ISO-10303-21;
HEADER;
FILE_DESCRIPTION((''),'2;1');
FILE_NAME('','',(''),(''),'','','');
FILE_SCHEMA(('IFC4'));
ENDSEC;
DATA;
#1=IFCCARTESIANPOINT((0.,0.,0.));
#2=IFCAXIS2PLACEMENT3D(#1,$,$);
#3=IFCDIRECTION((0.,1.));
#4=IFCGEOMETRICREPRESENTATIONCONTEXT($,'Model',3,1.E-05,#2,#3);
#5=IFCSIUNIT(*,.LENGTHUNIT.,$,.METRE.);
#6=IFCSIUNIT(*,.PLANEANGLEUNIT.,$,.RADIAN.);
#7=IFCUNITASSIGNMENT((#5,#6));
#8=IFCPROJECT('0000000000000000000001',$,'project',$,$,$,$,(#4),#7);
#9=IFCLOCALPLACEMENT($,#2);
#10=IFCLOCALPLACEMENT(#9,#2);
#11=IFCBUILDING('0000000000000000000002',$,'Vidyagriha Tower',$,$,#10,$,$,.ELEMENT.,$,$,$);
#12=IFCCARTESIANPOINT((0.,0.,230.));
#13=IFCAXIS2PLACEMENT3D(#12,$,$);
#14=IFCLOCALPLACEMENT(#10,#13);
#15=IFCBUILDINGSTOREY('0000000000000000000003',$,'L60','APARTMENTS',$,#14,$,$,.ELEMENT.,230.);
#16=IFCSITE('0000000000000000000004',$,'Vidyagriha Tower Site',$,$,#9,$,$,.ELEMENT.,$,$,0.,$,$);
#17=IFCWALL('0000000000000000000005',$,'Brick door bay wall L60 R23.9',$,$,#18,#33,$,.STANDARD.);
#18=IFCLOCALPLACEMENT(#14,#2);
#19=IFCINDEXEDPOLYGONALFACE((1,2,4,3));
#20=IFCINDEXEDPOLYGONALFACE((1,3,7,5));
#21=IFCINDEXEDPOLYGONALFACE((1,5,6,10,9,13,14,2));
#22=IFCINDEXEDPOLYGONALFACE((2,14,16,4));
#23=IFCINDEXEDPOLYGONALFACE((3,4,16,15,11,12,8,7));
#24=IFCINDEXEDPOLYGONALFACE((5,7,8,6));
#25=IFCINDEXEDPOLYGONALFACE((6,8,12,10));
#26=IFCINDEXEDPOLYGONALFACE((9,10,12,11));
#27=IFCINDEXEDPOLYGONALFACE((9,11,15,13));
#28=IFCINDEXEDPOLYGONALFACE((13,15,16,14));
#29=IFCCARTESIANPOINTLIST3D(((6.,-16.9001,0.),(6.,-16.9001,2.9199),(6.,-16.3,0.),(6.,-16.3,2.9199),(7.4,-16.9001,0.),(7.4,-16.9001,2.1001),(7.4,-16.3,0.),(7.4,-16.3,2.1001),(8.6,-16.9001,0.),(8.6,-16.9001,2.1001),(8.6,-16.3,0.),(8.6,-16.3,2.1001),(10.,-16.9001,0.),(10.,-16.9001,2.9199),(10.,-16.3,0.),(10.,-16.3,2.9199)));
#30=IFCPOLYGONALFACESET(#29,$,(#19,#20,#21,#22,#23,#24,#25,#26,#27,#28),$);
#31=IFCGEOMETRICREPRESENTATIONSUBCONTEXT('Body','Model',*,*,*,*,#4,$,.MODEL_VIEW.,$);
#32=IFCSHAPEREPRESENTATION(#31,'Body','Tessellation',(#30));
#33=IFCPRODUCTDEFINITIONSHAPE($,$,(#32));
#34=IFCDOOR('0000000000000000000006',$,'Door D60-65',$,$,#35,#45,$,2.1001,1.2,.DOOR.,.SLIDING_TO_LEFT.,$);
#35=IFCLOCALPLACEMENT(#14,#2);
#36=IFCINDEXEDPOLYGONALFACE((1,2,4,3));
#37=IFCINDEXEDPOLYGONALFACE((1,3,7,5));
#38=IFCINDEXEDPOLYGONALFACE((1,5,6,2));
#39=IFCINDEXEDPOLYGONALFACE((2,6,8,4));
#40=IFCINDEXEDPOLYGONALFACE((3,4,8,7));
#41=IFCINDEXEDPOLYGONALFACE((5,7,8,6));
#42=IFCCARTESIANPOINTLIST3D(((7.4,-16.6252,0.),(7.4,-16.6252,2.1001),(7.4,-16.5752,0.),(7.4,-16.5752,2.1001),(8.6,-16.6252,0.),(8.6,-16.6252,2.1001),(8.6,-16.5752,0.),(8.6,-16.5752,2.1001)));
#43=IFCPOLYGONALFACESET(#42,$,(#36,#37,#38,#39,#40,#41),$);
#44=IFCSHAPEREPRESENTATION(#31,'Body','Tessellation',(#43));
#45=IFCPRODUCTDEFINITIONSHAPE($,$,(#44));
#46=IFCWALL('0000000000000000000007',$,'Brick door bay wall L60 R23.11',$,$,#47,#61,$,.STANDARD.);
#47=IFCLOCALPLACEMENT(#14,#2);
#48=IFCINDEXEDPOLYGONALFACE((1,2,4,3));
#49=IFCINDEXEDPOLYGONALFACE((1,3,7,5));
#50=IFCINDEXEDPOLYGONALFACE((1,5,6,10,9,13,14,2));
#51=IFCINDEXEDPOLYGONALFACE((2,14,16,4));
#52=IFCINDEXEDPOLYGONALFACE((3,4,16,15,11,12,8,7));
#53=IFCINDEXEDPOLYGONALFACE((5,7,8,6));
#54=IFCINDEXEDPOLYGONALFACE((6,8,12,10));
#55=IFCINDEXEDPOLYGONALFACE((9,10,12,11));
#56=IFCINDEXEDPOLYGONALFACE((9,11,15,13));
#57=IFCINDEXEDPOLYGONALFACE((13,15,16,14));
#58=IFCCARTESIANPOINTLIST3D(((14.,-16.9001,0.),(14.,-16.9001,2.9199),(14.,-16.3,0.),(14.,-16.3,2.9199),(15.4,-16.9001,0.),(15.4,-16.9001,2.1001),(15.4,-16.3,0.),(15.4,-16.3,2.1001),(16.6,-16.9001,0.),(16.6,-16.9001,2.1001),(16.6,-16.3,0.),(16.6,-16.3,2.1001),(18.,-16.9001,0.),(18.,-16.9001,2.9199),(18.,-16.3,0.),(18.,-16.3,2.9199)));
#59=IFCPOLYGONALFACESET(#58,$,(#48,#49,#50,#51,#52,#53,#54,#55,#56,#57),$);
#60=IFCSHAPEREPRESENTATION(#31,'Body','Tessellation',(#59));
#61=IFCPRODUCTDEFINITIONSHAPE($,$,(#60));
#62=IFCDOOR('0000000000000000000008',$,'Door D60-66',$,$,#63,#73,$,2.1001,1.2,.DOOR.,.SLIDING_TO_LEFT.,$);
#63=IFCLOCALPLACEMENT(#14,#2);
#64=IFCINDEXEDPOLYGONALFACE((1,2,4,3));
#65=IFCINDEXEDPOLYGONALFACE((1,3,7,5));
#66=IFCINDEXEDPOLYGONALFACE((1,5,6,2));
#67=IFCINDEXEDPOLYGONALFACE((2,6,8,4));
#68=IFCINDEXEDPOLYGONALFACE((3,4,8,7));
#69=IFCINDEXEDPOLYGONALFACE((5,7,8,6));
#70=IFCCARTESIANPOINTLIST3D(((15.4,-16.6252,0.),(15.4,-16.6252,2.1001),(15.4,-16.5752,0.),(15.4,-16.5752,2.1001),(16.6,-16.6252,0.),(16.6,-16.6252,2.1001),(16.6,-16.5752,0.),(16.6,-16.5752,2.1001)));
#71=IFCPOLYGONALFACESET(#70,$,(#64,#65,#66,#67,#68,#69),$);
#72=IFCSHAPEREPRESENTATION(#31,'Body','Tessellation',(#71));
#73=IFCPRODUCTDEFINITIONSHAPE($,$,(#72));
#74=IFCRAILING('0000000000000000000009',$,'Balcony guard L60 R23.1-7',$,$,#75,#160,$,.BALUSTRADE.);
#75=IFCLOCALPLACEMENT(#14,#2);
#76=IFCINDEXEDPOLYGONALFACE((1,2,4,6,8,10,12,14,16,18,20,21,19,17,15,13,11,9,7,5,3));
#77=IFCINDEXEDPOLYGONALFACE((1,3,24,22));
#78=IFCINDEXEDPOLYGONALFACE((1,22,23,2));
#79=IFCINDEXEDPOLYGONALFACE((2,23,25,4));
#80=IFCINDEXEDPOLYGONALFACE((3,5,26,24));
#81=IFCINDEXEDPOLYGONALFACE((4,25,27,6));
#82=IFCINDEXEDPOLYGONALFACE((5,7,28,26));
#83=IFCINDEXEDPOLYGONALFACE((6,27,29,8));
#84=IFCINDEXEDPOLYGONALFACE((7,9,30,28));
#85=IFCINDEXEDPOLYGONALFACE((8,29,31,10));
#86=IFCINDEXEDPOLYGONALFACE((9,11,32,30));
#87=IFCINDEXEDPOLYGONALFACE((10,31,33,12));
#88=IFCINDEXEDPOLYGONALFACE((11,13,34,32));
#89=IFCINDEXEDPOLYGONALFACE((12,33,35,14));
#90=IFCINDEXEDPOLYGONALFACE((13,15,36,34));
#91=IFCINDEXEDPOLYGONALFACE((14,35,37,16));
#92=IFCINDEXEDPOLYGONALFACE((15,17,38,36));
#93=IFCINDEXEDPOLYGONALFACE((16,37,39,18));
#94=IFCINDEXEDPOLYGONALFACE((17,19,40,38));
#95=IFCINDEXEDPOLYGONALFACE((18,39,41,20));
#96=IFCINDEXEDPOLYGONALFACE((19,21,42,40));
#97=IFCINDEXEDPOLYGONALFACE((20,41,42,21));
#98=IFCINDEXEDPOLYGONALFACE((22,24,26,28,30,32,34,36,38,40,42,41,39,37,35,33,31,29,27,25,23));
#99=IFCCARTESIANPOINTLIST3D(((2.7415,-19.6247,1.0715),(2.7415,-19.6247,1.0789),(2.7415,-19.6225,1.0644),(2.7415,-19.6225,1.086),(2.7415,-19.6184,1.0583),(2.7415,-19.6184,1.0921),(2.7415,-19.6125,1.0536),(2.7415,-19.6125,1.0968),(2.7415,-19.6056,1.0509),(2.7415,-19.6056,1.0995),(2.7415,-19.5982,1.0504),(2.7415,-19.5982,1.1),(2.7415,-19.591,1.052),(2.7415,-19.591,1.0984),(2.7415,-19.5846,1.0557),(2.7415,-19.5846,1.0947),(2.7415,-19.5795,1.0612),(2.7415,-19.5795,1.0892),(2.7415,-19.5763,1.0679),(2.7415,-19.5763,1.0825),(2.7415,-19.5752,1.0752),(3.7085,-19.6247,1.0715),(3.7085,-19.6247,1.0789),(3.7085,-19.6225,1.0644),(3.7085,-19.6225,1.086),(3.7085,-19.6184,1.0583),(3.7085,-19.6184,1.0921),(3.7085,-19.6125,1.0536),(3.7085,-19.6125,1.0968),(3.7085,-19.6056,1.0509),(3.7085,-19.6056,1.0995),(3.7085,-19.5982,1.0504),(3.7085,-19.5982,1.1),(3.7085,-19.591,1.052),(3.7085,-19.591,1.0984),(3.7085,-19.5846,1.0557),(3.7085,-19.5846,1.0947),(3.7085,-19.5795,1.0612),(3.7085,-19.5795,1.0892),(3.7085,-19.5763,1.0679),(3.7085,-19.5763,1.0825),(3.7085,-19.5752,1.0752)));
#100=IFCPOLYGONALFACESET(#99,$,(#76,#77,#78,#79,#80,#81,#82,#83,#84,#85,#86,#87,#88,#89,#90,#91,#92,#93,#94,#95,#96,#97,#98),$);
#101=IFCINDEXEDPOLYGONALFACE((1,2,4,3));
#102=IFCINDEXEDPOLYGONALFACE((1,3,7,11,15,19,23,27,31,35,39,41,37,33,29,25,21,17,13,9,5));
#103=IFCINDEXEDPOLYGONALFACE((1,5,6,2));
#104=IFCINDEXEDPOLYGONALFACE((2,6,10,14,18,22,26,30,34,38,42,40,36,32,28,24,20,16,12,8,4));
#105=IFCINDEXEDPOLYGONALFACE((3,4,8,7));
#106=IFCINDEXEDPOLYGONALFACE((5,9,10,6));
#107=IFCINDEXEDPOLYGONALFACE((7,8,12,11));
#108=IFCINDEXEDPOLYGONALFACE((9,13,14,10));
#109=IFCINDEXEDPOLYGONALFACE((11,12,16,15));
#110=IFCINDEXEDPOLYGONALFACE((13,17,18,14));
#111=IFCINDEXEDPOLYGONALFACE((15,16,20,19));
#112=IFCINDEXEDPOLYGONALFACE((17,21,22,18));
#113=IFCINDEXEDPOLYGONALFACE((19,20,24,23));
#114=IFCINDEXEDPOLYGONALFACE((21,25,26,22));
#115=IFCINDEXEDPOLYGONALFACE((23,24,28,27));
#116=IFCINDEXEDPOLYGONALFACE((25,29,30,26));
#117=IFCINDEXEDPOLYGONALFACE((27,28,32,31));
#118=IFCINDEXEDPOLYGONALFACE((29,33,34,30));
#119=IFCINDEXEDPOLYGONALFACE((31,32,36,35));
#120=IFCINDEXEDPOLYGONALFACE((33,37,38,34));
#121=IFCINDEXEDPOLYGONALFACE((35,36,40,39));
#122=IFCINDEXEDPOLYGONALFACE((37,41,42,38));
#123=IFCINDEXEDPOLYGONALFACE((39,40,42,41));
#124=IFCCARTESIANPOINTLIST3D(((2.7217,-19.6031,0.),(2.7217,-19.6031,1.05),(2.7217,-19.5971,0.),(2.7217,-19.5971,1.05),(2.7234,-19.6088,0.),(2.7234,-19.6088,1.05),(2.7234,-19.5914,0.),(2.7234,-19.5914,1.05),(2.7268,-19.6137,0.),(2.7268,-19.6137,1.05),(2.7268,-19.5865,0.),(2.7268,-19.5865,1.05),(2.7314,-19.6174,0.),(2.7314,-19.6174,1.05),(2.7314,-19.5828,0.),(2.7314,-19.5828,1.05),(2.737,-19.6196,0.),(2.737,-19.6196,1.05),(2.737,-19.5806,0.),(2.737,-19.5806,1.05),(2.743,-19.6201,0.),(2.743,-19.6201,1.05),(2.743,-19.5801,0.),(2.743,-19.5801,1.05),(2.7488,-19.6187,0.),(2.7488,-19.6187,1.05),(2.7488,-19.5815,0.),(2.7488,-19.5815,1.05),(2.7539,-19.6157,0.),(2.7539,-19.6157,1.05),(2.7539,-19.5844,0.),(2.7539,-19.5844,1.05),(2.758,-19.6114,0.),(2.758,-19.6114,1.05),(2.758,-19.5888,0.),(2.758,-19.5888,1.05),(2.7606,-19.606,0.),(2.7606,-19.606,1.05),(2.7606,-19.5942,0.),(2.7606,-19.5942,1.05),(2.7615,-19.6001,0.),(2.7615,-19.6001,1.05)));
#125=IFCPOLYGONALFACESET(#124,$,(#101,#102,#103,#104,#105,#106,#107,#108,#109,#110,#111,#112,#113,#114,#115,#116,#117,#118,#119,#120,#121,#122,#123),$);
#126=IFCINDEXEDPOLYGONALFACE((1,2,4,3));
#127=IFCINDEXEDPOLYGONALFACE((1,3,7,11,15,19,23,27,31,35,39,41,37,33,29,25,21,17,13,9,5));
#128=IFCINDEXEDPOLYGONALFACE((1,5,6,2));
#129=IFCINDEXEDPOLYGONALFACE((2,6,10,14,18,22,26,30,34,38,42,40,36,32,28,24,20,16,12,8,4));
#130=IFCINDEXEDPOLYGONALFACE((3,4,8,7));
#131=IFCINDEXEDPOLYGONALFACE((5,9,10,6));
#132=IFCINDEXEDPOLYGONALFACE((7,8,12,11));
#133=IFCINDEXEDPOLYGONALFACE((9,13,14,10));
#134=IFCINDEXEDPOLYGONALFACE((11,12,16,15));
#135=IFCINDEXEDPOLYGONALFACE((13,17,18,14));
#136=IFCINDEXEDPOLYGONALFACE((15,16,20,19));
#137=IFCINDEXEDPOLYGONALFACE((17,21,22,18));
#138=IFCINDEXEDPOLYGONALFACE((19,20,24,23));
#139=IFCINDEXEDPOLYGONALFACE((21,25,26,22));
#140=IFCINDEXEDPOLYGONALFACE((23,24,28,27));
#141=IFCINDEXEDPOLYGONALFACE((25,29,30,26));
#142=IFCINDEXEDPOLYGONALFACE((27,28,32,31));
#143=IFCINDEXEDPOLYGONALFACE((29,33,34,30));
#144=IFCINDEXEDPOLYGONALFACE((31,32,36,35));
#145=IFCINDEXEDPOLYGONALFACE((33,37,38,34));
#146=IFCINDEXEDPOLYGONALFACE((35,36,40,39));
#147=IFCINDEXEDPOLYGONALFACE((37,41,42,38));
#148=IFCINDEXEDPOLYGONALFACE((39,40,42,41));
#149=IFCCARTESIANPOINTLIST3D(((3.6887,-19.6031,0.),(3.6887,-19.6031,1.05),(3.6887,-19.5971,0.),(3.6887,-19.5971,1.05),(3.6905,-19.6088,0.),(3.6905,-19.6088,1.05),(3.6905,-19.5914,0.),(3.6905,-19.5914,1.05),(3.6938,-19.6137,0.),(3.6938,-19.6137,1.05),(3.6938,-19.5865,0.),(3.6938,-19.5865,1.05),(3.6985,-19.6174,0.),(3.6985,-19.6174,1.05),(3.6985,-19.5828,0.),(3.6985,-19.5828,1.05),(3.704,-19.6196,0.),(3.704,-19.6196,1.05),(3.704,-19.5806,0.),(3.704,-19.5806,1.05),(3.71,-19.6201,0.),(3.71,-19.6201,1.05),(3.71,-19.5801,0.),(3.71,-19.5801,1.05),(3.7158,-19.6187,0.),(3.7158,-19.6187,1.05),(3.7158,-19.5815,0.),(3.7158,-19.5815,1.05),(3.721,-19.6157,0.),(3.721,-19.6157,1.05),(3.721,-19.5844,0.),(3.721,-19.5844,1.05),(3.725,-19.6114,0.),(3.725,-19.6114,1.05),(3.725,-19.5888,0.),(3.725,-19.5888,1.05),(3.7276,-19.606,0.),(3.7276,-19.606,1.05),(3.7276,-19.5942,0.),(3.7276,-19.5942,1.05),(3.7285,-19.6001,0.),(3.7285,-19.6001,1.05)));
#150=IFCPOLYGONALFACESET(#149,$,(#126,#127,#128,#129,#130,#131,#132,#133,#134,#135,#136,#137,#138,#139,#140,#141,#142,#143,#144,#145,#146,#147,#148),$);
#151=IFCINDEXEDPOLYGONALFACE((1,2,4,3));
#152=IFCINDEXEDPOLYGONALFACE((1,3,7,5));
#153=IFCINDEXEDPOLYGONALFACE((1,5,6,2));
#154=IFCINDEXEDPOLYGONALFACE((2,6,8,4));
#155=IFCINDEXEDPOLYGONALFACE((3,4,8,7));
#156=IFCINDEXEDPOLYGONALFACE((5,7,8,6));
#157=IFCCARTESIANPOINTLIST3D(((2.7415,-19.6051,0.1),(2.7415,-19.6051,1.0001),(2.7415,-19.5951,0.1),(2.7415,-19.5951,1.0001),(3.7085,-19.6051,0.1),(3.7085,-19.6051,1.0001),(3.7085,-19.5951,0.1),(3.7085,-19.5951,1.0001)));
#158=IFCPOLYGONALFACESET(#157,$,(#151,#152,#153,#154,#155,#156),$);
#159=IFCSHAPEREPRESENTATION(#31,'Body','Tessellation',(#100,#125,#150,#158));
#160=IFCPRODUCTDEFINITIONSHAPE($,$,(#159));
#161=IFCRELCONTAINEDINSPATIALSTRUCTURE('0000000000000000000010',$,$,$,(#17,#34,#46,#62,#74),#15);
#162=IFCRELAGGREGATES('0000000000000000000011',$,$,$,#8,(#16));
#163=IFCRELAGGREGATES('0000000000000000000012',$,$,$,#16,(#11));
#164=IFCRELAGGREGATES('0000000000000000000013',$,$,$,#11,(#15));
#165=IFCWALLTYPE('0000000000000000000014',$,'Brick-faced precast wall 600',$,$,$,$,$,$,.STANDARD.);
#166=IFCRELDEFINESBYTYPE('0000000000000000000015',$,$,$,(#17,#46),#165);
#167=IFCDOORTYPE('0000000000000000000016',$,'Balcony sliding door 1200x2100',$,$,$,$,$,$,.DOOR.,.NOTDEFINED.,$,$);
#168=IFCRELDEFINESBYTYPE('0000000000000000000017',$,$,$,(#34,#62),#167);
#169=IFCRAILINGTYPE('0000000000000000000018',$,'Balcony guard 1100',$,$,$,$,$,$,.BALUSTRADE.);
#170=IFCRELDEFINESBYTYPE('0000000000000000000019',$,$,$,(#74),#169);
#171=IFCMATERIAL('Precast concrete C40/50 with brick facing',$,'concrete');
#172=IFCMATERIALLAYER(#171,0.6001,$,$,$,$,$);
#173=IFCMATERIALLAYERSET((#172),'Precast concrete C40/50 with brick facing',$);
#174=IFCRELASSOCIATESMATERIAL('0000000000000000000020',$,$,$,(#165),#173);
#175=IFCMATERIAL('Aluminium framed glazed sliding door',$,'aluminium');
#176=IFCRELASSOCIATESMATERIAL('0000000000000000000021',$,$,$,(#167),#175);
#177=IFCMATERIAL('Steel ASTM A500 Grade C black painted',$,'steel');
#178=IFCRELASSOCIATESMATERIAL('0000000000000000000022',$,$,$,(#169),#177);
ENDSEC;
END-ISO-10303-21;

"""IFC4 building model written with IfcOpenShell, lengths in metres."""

from ifc_helpers import new_model, si_unit, direction, frame, frame_2d, origin, origin_2d, place, context, subcontext, project, spatial, rectangle, circle, extrude, material, layer, layer_set, type_object, element, fill, save


model = new_model("IFC4")

# Units and contexts
model_context = context("Model", 3, precision=1e-05, world=origin(), true_north=direction((0.0, 1.0)))
body_context = subcontext(model_context, "Body", "Model", "MODEL_VIEW")
ifc_project = project(units=[si_unit("LENGTHUNIT", "METRE"), si_unit("PLANEANGLEUNIT", "RADIAN")], contexts=[model_context])

# Site, building, storey
site_placement = place(None, origin())
site = spatial("IfcSite", under=ifc_project, at=site_placement, Name="Vidyagriha Tower Site", CompositionType="ELEMENT", RefElevation=0.0)
building_placement = place(site_placement, origin())
building = spatial("IfcBuilding", under=site, at=building_placement, Name="Vidyagriha Tower", CompositionType="ELEMENT")
storey_placement = place(building_placement, frame((0.0, 0.0, 230.0)))
storey = spatial("IfcBuildingStorey", under=building, at=storey_placement, Name="L60", Description="APARTMENTS", CompositionType="ELEMENT", Elevation=230.0)

# Walls, openings, doors
ifc_material_1 = material(Name="Precast concrete C40/50 with brick facing", Category="concrete")
ifc_layer_1 = layer(ifc_material_1, 0.6001)
ifc_layer_set_1 = layer_set([ifc_layer_1], Name="Precast concrete C40/50 with brick facing")
wall_type = type_object("IfcWallType", Name="Brick-faced precast wall 600", PredefinedType="STANDARD", material=ifc_layer_set_1)
wall_1_placement = place(storey_placement, frame((6.0, -16.6001, 0.0)))
wall_1 = element("IfcWall", 1, at=wall_1_placement, inside=storey, type_object=wall_type, Name="Brick door bay wall L60 R23.9", PredefinedType="STANDARD", context=body_context, shape_type="SweptSolid", body=[
    extrude(rectangle(XDim=4.0, YDim=0.6001, at=frame_2d((2.0, 0.0))), origin(), (0.0, 0.0, 1.0), 2.9199),
])
opening_1_placement = place(wall_1_placement, frame((1.3999, 0.0, 0.0)))
opening_1 = element("IfcOpeningElement", 2, at=opening_1_placement, cuts=wall_1, PredefinedType="OPENING", context=body_context, shape_type="SweptSolid", body=[
    extrude(rectangle(XDim=1.2, YDim=2.1001, at=frame_2d((0.6001, 1.05))), frame((0.0, 0.3101, 0.0), z_axis=(0.0, -1.0, 0.0), x_axis=(1.0, 0.0, 0.0)), (0.0, 0.0, 1.0), 0.6201),
])
ifc_material_2 = material(Name="Aluminium framed glazed sliding door", Category="aluminium")
door_type = type_object("IfcDoorType", Name="Balcony sliding door 1200x2100", OperationType="NOTDEFINED", PredefinedType="DOOR", material=ifc_material_2)
door_1_placement = place(opening_1_placement, origin())
door_1 = element("IfcDoor", 3, at=door_1_placement, inside=storey, type_object=door_type, Name="Door D60-65", OperationType="SLIDING_TO_LEFT", OverallHeight=2.1001, OverallWidth=1.2, PredefinedType="DOOR", context=body_context, shape_type="SweptSolid", body=[
    extrude(rectangle(XDim=1.2, YDim=2.1001, at=frame_2d((0.6001, 1.05))), frame((0.0, 0.0249, 0.0), z_axis=(0.0, -1.0, 0.0), x_axis=(1.0, 0.0, 0.0)), (0.0, 0.0, 1.0), 0.05),
])
fill(opening_1, door_1)
wall_2_placement = place(storey_placement, frame((14.0, -16.6001, 0.0)))
wall_2 = element("IfcWall", 4, at=wall_2_placement, inside=storey, type_object=wall_type, Name="Brick door bay wall L60 R23.11", PredefinedType="STANDARD", context=body_context, shape_type="SweptSolid", body=[
    extrude(rectangle(XDim=4.0, YDim=0.6001, at=frame_2d((2.0, 0.0))), origin(), (0.0, 0.0, 1.0), 2.9199),
])
opening_2_placement = place(wall_2_placement, frame((1.3999, 0.0, 0.0)))
opening_2 = element("IfcOpeningElement", 5, at=opening_2_placement, cuts=wall_2, PredefinedType="OPENING", context=body_context, shape_type="SweptSolid", body=[
    extrude(rectangle(XDim=1.2, YDim=2.1001, at=frame_2d((0.6001, 1.05))), frame((0.0, 0.3101, 0.0), z_axis=(0.0, -1.0, 0.0), x_axis=(1.0, 0.0, 0.0)), (0.0, 0.0, 1.0), 0.6201),
])
door_2_placement = place(opening_2_placement, origin())
door_2 = element("IfcDoor", 6, at=door_2_placement, inside=storey, type_object=door_type, Name="Door D60-66", OperationType="SLIDING_TO_LEFT", OverallHeight=2.1001, OverallWidth=1.2, PredefinedType="DOOR", context=body_context, shape_type="SweptSolid", body=[
    extrude(rectangle(XDim=1.2, YDim=2.1001, at=frame_2d((0.6001, 1.05))), frame((0.0, 0.0249, 0.0), z_axis=(0.0, -1.0, 0.0), x_axis=(1.0, 0.0, 0.0)), (0.0, 0.0, 1.0), 0.05),
])
fill(opening_2, door_2)

# Railing
ifc_material_3 = material(Name="Steel ASTM A500 Grade C black painted", Category="steel")
railing_type = type_object("IfcRailingType", Name="Balcony guard 1100", PredefinedType="BALUSTRADE", material=ifc_material_3)
railing_1_placement = place(storey_placement, frame((2.7415, -19.6001, 0.0)))
element("IfcRailing", 7, at=railing_1_placement, inside=storey, type_object=railing_type, Name="Balcony guard L60 R23.1-7", PredefinedType="BALUSTRADE", context=body_context, shape_type="SweptSolid", body=[
    extrude(circle(Radius=0.0249, at=origin_2d()), frame((0.0, 0.0, 1.0752), z_axis=(1.0, 0.0, 0.0), x_axis=(0.0, 1.0, 0.0)), (0.0, 0.0, 1.0), 0.967),
    extrude(circle(Radius=0.02, at=origin_2d()), origin(), (0.0, 0.0, 1.0), 1.05),
    extrude(circle(Radius=0.02, at=origin_2d()), frame((0.967, 0.0, 0.0)), (0.0, 0.0, 1.0), 1.05),
    extrude(rectangle(XDim=0.01, YDim=0.9001, at=origin_2d()), frame((0.0, 0.0, 0.55), z_axis=(1.0, 0.0, 0.0), x_axis=(0.0, 1.0, 0.0)), (0.0, 0.0, 1.0), 0.967),
])

save(model, "model.ifc")
